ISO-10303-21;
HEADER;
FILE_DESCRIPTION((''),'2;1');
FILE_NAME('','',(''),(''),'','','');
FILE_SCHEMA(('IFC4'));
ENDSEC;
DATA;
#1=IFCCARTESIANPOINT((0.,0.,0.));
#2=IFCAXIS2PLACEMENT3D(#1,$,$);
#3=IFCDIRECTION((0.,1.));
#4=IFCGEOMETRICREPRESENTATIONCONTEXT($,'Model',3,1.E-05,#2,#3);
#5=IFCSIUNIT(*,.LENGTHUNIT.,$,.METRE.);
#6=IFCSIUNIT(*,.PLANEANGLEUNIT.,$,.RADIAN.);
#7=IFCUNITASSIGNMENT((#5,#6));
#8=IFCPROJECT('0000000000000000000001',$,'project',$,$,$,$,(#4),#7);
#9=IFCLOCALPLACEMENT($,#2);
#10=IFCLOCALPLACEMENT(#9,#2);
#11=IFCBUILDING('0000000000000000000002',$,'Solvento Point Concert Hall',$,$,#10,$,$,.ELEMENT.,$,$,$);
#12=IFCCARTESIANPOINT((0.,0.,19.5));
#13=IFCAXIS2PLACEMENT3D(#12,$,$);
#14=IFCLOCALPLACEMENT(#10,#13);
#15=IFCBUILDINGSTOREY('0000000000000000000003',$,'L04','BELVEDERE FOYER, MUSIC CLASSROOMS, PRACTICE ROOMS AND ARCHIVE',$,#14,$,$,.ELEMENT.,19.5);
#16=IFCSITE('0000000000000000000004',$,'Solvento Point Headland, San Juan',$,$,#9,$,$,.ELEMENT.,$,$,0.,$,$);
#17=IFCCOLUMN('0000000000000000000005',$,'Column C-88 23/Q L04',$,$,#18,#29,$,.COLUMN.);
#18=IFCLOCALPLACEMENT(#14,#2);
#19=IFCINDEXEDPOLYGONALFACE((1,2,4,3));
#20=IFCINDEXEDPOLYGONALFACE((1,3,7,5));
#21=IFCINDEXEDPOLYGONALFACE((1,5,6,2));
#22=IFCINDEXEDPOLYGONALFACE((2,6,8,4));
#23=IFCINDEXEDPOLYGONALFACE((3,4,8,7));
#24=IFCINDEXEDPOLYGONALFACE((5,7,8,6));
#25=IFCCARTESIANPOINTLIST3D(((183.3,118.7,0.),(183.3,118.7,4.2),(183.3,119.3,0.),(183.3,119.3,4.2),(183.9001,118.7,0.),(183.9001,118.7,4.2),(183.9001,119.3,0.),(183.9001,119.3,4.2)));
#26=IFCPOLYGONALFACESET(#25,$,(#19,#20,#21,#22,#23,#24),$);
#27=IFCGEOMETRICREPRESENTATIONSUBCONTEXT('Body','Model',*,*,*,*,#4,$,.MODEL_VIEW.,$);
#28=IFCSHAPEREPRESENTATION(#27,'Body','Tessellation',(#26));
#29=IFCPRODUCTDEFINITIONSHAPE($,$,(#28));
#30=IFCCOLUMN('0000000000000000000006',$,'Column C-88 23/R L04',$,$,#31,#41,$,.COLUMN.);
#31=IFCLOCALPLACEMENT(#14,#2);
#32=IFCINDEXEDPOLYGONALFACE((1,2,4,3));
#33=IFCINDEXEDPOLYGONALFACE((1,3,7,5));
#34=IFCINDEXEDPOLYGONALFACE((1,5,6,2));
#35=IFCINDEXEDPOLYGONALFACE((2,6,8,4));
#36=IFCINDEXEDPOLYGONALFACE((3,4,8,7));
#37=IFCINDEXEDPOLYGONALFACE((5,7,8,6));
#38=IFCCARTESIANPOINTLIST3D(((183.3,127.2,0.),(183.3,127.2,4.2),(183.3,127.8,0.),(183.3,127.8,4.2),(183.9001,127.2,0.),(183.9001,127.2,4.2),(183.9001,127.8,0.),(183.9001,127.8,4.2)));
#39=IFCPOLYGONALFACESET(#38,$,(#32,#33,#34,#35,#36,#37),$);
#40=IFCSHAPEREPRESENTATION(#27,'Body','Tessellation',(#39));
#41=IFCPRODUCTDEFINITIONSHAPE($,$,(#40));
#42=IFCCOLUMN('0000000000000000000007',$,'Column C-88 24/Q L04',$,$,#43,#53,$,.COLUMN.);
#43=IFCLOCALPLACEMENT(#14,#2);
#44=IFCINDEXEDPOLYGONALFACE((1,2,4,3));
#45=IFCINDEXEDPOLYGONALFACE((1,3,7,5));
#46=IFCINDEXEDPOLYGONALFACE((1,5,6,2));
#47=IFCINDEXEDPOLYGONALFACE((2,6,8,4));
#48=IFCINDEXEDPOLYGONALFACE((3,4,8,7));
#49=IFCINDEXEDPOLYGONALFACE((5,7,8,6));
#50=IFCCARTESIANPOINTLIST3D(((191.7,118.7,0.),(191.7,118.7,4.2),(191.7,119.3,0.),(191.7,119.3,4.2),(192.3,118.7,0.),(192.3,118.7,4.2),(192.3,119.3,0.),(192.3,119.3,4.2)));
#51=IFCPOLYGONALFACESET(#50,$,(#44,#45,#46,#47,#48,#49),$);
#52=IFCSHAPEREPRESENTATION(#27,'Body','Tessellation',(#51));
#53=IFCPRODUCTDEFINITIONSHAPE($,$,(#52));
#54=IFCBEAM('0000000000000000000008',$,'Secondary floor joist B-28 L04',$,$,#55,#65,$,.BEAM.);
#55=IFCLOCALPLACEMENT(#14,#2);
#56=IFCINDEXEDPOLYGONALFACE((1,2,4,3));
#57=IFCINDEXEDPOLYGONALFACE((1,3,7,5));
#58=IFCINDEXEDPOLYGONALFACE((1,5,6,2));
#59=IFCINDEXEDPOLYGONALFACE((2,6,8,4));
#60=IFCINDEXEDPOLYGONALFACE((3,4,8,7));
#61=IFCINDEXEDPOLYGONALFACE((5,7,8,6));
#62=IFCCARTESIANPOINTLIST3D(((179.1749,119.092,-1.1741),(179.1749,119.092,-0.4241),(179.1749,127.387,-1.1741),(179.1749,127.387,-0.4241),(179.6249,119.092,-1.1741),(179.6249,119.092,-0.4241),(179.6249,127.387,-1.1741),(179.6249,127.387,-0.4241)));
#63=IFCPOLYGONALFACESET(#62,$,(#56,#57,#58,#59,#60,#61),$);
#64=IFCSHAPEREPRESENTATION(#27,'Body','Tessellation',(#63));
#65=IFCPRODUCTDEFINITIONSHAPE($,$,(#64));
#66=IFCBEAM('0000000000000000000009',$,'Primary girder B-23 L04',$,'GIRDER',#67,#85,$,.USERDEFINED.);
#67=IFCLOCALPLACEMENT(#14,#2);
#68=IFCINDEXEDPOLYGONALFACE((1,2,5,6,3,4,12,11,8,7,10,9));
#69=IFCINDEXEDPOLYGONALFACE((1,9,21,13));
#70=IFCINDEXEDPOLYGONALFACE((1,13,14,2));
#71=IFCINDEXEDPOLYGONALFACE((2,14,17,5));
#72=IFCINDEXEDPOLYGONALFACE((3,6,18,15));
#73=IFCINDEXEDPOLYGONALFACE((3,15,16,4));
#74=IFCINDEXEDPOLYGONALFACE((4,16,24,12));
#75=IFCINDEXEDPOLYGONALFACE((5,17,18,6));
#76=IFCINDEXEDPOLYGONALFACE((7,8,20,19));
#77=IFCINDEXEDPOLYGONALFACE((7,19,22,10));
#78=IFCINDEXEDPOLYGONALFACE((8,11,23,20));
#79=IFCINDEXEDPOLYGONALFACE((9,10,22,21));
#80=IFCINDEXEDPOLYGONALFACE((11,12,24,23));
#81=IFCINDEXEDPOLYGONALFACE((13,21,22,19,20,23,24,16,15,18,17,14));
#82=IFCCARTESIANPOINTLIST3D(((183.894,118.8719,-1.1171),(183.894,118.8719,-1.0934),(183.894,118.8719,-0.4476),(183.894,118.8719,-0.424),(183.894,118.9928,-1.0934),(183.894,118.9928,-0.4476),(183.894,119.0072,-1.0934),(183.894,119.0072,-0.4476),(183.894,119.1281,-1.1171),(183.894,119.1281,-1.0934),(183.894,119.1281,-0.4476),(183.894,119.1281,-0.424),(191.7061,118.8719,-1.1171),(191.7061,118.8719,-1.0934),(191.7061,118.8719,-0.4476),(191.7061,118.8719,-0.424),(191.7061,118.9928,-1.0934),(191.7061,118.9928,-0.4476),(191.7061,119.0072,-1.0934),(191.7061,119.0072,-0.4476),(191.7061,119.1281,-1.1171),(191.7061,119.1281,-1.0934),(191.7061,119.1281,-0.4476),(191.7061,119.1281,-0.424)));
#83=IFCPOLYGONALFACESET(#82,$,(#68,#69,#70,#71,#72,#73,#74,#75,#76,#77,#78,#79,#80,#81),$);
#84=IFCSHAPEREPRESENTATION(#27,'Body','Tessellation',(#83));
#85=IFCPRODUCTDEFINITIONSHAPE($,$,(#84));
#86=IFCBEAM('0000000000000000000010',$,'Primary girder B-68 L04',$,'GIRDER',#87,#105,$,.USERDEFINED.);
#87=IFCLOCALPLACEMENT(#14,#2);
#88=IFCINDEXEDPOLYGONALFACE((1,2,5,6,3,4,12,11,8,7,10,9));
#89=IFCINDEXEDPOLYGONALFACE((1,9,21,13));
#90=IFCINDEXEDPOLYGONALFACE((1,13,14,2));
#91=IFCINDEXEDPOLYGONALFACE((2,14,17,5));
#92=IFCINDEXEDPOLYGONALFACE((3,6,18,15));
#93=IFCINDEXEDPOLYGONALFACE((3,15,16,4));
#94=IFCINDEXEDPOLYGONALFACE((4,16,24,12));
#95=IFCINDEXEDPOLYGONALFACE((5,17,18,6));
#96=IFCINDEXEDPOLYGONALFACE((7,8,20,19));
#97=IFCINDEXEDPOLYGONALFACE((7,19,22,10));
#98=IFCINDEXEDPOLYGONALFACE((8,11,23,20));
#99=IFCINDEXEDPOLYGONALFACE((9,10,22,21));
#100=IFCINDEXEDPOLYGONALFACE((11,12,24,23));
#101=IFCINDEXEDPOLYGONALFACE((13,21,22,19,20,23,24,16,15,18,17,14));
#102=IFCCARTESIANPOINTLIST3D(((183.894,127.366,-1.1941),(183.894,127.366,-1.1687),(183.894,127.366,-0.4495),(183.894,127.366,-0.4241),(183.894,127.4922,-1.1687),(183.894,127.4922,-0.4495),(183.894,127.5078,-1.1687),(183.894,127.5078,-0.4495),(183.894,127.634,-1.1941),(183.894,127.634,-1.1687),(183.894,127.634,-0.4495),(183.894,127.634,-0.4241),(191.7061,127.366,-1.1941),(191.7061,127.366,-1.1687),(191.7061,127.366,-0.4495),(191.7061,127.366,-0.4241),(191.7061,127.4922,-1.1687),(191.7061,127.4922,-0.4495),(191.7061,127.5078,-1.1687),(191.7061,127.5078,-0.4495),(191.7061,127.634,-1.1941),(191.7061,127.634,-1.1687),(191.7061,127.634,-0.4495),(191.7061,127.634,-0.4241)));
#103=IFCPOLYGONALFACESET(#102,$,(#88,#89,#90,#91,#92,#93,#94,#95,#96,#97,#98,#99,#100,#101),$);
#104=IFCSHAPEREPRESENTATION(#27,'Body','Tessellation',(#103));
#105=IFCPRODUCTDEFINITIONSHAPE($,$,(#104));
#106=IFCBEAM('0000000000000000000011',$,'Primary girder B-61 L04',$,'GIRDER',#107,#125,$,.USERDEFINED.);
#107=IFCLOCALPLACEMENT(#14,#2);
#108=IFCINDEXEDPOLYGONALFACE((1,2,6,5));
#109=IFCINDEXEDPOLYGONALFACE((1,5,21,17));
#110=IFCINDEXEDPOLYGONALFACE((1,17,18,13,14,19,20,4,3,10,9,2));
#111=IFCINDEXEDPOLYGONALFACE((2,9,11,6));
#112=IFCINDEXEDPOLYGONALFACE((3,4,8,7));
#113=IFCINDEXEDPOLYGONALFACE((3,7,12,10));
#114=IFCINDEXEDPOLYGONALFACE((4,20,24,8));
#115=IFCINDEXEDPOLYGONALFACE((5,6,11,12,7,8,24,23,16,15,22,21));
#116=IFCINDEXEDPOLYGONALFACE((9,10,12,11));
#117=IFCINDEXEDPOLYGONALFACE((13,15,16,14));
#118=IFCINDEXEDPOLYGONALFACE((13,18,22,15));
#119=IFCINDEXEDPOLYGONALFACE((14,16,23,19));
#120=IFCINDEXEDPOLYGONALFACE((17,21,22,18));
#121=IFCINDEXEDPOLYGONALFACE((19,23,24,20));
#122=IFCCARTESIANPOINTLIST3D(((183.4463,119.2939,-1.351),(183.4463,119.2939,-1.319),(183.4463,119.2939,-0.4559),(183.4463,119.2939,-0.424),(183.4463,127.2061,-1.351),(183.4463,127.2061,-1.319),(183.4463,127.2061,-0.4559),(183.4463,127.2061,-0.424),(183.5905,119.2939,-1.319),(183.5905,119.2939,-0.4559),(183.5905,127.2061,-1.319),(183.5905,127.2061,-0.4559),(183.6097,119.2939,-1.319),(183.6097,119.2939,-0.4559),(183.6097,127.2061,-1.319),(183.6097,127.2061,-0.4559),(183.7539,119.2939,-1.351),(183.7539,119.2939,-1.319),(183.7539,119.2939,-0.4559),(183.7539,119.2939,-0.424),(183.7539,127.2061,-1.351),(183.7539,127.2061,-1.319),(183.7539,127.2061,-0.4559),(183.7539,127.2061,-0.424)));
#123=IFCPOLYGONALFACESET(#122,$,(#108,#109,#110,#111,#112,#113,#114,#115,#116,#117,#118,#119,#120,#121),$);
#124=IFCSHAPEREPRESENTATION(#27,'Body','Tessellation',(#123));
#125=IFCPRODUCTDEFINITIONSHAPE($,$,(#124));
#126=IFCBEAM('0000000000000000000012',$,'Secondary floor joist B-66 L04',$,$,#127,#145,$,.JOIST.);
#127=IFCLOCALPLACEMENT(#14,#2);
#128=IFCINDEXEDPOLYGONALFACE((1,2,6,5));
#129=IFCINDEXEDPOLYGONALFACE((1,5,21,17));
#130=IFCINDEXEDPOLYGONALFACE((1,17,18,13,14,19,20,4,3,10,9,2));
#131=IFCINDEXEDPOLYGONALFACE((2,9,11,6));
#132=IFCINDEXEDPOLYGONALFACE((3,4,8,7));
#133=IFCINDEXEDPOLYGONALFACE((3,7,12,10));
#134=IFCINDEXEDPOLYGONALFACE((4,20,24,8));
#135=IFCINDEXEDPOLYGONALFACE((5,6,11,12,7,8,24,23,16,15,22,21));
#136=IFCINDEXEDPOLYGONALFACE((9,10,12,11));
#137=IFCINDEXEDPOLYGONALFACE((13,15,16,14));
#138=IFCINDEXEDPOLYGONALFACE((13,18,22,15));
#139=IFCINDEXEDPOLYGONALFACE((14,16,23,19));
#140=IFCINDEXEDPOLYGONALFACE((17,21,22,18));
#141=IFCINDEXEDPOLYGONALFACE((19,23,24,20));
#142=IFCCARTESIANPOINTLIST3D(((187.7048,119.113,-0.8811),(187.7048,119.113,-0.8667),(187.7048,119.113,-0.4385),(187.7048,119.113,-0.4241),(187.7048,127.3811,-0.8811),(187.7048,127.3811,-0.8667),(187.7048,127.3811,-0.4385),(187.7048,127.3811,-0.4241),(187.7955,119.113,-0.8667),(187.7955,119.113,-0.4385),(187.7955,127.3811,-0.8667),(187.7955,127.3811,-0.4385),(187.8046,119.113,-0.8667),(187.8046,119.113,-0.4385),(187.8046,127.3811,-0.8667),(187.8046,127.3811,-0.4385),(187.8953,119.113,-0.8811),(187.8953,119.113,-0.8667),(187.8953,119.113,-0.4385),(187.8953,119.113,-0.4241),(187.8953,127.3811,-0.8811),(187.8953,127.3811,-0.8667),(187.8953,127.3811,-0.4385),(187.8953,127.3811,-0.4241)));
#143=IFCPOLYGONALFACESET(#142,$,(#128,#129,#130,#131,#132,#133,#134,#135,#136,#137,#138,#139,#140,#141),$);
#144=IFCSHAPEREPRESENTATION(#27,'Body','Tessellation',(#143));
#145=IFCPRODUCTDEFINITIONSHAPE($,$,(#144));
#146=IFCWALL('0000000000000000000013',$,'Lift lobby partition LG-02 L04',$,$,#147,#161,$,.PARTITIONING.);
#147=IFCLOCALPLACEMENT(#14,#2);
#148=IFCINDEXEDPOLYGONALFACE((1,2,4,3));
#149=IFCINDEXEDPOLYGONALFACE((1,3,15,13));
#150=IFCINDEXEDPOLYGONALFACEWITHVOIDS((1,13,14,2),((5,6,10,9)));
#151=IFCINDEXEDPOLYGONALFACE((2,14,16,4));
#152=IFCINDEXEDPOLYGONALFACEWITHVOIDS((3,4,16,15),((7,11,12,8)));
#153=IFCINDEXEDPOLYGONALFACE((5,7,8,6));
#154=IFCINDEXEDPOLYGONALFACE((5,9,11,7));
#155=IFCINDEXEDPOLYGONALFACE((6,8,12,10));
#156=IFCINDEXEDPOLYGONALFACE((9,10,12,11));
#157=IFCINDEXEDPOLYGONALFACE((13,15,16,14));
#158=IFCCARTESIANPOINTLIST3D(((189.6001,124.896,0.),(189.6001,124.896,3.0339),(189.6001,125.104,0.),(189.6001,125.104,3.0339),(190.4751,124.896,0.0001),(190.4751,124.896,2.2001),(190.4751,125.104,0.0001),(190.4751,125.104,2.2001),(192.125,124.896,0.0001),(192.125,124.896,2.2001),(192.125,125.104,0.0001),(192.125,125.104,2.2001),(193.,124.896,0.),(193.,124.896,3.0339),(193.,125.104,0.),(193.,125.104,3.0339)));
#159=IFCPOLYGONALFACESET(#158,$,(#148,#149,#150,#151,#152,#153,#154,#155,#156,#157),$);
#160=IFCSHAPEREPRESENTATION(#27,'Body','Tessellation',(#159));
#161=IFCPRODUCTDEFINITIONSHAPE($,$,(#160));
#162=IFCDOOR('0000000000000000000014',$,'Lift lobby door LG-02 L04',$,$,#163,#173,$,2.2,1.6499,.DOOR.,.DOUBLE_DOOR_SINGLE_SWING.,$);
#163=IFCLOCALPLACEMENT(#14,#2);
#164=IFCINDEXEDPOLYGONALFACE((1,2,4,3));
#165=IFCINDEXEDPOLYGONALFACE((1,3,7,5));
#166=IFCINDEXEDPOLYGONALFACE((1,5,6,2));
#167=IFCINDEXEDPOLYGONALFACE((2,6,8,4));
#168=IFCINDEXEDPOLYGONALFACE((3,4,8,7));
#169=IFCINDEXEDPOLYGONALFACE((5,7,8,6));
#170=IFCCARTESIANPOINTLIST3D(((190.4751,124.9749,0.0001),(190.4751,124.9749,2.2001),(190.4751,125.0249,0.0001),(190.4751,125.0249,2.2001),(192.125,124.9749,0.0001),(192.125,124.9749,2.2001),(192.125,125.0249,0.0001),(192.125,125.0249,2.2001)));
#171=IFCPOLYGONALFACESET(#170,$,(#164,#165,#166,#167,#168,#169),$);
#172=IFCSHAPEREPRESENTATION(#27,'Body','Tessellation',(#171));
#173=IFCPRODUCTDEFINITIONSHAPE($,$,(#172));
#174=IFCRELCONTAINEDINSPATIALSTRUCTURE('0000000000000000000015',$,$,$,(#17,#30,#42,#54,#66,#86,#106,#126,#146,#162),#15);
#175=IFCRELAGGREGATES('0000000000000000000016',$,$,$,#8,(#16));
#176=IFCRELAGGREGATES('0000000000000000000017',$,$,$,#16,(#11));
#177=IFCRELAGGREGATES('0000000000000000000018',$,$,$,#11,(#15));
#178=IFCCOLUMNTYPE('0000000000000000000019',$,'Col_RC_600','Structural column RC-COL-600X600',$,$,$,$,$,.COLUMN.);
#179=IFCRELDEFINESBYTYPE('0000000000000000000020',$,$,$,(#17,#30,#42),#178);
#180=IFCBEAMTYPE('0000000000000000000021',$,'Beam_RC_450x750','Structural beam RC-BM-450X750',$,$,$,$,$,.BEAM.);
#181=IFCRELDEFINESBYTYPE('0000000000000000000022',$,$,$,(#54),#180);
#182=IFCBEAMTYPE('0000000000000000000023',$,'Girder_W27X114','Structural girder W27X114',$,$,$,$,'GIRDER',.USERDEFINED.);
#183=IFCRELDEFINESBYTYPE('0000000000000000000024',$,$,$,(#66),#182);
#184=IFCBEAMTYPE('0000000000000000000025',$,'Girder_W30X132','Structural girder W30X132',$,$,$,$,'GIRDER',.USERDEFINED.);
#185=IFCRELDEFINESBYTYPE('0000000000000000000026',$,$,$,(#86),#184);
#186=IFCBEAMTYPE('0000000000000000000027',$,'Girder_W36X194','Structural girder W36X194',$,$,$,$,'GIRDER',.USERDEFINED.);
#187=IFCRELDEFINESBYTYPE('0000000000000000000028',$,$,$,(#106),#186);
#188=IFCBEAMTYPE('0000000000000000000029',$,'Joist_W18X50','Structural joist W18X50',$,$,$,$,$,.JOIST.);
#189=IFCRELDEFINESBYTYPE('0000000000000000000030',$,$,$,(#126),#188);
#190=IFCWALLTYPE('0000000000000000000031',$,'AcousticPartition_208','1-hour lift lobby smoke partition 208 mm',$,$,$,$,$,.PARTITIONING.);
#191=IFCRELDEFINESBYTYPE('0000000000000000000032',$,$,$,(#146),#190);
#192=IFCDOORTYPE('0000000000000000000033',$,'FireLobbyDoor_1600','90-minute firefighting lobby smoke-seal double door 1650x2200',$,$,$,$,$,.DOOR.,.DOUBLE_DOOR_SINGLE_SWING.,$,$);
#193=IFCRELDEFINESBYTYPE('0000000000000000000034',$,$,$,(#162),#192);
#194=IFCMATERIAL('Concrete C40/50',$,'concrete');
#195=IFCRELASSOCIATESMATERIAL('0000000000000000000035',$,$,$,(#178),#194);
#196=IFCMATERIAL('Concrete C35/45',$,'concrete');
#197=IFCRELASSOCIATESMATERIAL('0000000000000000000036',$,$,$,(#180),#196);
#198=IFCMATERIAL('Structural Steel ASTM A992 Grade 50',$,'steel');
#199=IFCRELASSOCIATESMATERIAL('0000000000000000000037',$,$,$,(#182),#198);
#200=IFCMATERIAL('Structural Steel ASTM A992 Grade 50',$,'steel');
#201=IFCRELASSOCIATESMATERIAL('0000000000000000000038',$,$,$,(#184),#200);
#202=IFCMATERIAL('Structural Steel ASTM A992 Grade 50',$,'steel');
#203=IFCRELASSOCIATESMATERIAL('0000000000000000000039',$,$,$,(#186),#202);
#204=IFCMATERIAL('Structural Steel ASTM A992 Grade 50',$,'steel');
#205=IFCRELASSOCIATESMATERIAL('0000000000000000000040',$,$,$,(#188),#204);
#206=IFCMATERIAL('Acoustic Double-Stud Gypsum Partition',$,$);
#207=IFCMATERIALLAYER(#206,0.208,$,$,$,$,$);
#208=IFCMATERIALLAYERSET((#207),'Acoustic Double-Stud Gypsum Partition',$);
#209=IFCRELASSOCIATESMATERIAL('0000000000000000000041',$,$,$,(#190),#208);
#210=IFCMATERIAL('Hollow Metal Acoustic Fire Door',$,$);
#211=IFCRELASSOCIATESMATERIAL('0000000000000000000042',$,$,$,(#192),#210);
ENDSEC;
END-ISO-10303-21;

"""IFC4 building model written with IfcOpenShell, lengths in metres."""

from ifc_helpers import new_model, si_unit, direction, frame, frame_2d, origin, origin_2d, place, context, subcontext, project, spatial, rectangle, i_section, extrude, material, layer, layer_set, material_profile, profile_set, type_object, element, fill, save


model = new_model("IFC4")

# Units and contexts
model_context = context("Model", 3, precision=1e-05, world=origin(), true_north=direction((0.0, 1.0)))
body_context = subcontext(model_context, "Body", "Model", "MODEL_VIEW")
ifc_project = project(units=[si_unit("LENGTHUNIT", "METRE"), si_unit("PLANEANGLEUNIT", "RADIAN")], contexts=[model_context])

# Site, building, storey
site_placement = place(None, origin())
site = spatial("IfcSite", under=ifc_project, at=site_placement, Name="Solvento Point Headland, San Juan", CompositionType="ELEMENT", RefElevation=0.0)
building_placement = place(site_placement, origin())
building = spatial("IfcBuilding", under=site, at=building_placement, Name="Solvento Point Concert Hall", CompositionType="ELEMENT")
storey_placement = place(building_placement, frame((0.0, 0.0, 19.5)))
storey = spatial("IfcBuildingStorey", under=building, at=storey_placement, Name="L04", Description="BELVEDERE FOYER, MUSIC CLASSROOMS, PRACTICE ROOMS AND ARCHIVE", CompositionType="ELEMENT", Elevation=19.5)

# Columns
ifc_material_1 = material(Name="Concrete C40/50", Category="concrete")
ifc_material_profile_1 = material_profile(ifc_material_1, rectangle(XDim=0.6001, YDim=0.6001, at=origin_2d()), Name="RC-COL-600X600")
ifc_profile_set_1 = profile_set([ifc_material_profile_1], Name="Concrete C40/50")
column_type = type_object("IfcColumnType", Name="Col_RC_600", Description="Structural column RC-COL-600X600", PredefinedType="COLUMN", material=ifc_profile_set_1)
for number, where, z_axis, x_axis, name in (
    (1, (183.6001, 119.0, 0.0), (0.0, 0.0, 1.0), (1.0, 0.0, 0.0), "Column C-88 23/Q L04"),
    (2, (183.6001, 127.5, 0.0), (0.0, 0.0, 1.0), (1.0, 0.0, 0.0), "Column C-88 23/R L04"),
    (3, (192.0, 119.0, 0.0), (0.0, 0.0, 1.0), (1.0, 0.0, 0.0), "Column C-88 24/Q L04"),
):
    element("IfcColumn", number, at=place(storey_placement, frame(where, z_axis=z_axis, x_axis=x_axis)), inside=storey, type_object=column_type, Name=name, PredefinedType="COLUMN", context=body_context, shape_type="SweptSolid", body=[
        extrude(rectangle(XDim=0.6001, YDim=0.6001, at=origin_2d()), origin(), (0.0, 0.0, 1.0), 4.2),
    ])

# Beams
ifc_material_2 = material(Name="Concrete C35/45", Category="concrete")
ifc_material_profile_2 = material_profile(ifc_material_2, rectangle(XDim=0.45, YDim=0.75, at=origin_2d()), Name="RC-BM-450X750")
ifc_profile_set_2 = profile_set([ifc_material_profile_2], Name="Concrete C35/45")
beam_type_1 = type_object("IfcBeamType", Name="Beam_RC_450x750", Description="Structural beam RC-BM-450X750", PredefinedType="BEAM", material=ifc_profile_set_2)
beam_1_placement = place(storey_placement, frame((179.3999, 119.092, -0.7991), z_axis=(0.0, 1.0, 0.0), x_axis=(-1.0, 0.0, 0.0)))
element("IfcBeam", 4, at=beam_1_placement, inside=storey, type_object=beam_type_1, Name="Secondary floor joist B-28 L04", PredefinedType="BEAM", context=body_context, shape_type="SweptSolid", body=[
    extrude(rectangle(XDim=0.45, YDim=0.75, at=origin_2d()), origin(), (0.0, 0.0, 1.0), 8.2949),
])
ifc_material_3 = material(Name="Structural Steel ASTM A992 Grade 50", Category="steel")
ifc_material_profile_3 = material_profile(ifc_material_3, i_section(OverallWidth=0.2561, OverallDepth=0.6931, WebThickness=0.0144, FlangeThickness=0.0237, at=origin_2d()), Name="W27X114")
ifc_profile_set_3 = profile_set([ifc_material_profile_3], Name="Structural Steel ASTM A992 Grade 50")
beam_type_2 = type_object("IfcBeamType", Name="Girder_W27X114", Description="Structural girder W27X114", ElementType="GIRDER", PredefinedType="USERDEFINED", material=ifc_profile_set_3)
beam_2_placement = place(storey_placement, frame((183.894, 119.0, -0.7705), z_axis=(1.0, 0.0, 0.0), x_axis=(0.0, 1.0, 0.0)))
element("IfcBeam", 5, at=beam_2_placement, inside=storey, type_object=beam_type_2, Name="Primary girder B-23 L04", ObjectType="GIRDER", PredefinedType="USERDEFINED", context=body_context, shape_type="SweptSolid", body=[
    extrude(i_section(OverallWidth=0.2561, OverallDepth=0.6931, WebThickness=0.0144, FlangeThickness=0.0237, at=origin_2d()), origin(), (0.0, 0.0, 1.0), 7.812),
])
ifc_material_4 = material(Name="Structural Steel ASTM A992 Grade 50", Category="steel")
ifc_material_profile_4 = material_profile(ifc_material_4, i_section(OverallWidth=0.2681, OverallDepth=0.77, WebThickness=0.0156, FlangeThickness=0.0254, at=origin_2d()), Name="W30X132")
ifc_profile_set_4 = profile_set([ifc_material_profile_4], Name="Structural Steel ASTM A992 Grade 50")
beam_type_3 = type_object("IfcBeamType", Name="Girder_W30X132", Description="Structural girder W30X132", ElementType="GIRDER", PredefinedType="USERDEFINED", material=ifc_profile_set_4)
beam_3_placement = place(storey_placement, frame((183.894, 127.5, -0.8091), z_axis=(1.0, 0.0, 0.0), x_axis=(0.0, 1.0, 0.0)))
element("IfcBeam", 6, at=beam_3_placement, inside=storey, type_object=beam_type_3, Name="Primary girder B-68 L04", ObjectType="GIRDER", PredefinedType="USERDEFINED", context=body_context, shape_type="SweptSolid", body=[
    extrude(i_section(OverallWidth=0.2681, OverallDepth=0.77, WebThickness=0.0156, FlangeThickness=0.0254, at=origin_2d()), origin(), (0.0, 0.0, 1.0), 7.812),
])
ifc_material_5 = material(Name="Structural Steel ASTM A992 Grade 50", Category="steel")
ifc_material_profile_5 = material_profile(ifc_material_5, i_section(OverallWidth=0.3076, OverallDepth=0.927, WebThickness=0.0193, FlangeThickness=0.032, at=origin_2d()), Name="W36X194")
ifc_profile_set_5 = profile_set([ifc_material_profile_5], Name="Structural Steel ASTM A992 Grade 50")
beam_type_4 = type_object("IfcBeamType", Name="Girder_W36X194", Description="Structural girder W36X194", ElementType="GIRDER", PredefinedType="USERDEFINED", material=ifc_profile_set_5)
beam_4_placement = place(storey_placement, frame((183.6001, 119.2939, -0.8875), z_axis=(0.0, 1.0, 0.0), x_axis=(-1.0, 0.0, 0.0)))
element("IfcBeam", 7, at=beam_4_placement, inside=storey, type_object=beam_type_4, Name="Primary girder B-61 L04", ObjectType="GIRDER", PredefinedType="USERDEFINED", context=body_context, shape_type="SweptSolid", body=[
    extrude(i_section(OverallWidth=0.3076, OverallDepth=0.927, WebThickness=0.0193, FlangeThickness=0.032, at=origin_2d()), origin(), (0.0, 0.0, 1.0), 7.9121),
])
ifc_material_6 = material(Name="Structural Steel ASTM A992 Grade 50", Category="steel")
ifc_material_profile_6 = material_profile(ifc_material_6, i_section(OverallWidth=0.1904, OverallDepth=0.457, WebThickness=0.009, FlangeThickness=0.0144, at=origin_2d()), Name="W18X50")
ifc_profile_set_6 = profile_set([ifc_material_profile_6], Name="Structural Steel ASTM A992 Grade 50")
beam_type_5 = type_object("IfcBeamType", Name="Joist_W18X50", Description="Structural joist W18X50", PredefinedType="JOIST", material=ifc_profile_set_6)
beam_5_placement = place(storey_placement, frame((187.8, 119.113, -0.6526), z_axis=(0.0, 1.0, 0.0), x_axis=(-1.0, 0.0, 0.0)))
element("IfcBeam", 8, at=beam_5_placement, inside=storey, type_object=beam_type_5, Name="Secondary floor joist B-66 L04", PredefinedType="JOIST", context=body_context, shape_type="SweptSolid", body=[
    extrude(i_section(OverallWidth=0.1904, OverallDepth=0.457, WebThickness=0.009, FlangeThickness=0.0144, at=origin_2d()), origin(), (0.0, 0.0, 1.0), 8.2681),
])

# Wall, opening, door
ifc_material_7 = material(Name="Acoustic Double-Stud Gypsum Partition")
ifc_layer_1 = layer(ifc_material_7, 0.208)
ifc_layer_set_1 = layer_set([ifc_layer_1], Name="Acoustic Double-Stud Gypsum Partition")
wall_type_1 = type_object("IfcWallType", Name="AcousticPartition_208", Description="1-hour lift lobby smoke partition 208 mm", PredefinedType="PARTITIONING", material=ifc_layer_set_1)
wall_1_placement = place(storey_placement, frame((189.6001, 125.0, 0.0), z_axis=(0.0, 0.0, 1.0), x_axis=(1.0, 0.0, 0.0)))
wall_1 = element("IfcWall", 9, at=wall_1_placement, inside=storey, type_object=wall_type_1, Name="Lift lobby partition LG-02 L04", PredefinedType="PARTITIONING", context=body_context, shape_type="SweptSolid", body=[
    extrude(rectangle(XDim=3.3999, YDim=0.208, at=frame_2d((1.7, 0.0))), origin(), (0.0, 0.0, 1.0), 3.0339),
])
opening_1_placement = place(wall_1_placement, frame((0.875, 0.0, 0.0)))
opening_1 = element("IfcOpeningElement", 10, at=opening_1_placement, cuts=wall_1, PredefinedType="OPENING", context=body_context, shape_type="SweptSolid", body=[
    extrude(rectangle(XDim=1.6499, YDim=2.2, at=frame_2d((0.825, 1.1001))), frame((0.0, 0.114, 0.0), z_axis=(0.0, -1.0, 0.0), x_axis=(1.0, 0.0, 0.0)), (0.0, 0.0, 1.0), 0.228),
])
ifc_material_8 = material(Name="Hollow Metal Acoustic Fire Door")
door_type_1 = type_object("IfcDoorType", Name="FireLobbyDoor_1600", Description="90-minute firefighting lobby smoke-seal double door 1650x2200", OperationType="DOUBLE_DOOR_SINGLE_SWING", PredefinedType="DOOR", material=ifc_material_8)
door_1_placement = place(opening_1_placement, origin())
door_1 = element("IfcDoor", 11, at=door_1_placement, inside=storey, type_object=door_type_1, Name="Lift lobby door LG-02 L04", OperationType="DOUBLE_DOOR_SINGLE_SWING", OverallHeight=2.2, OverallWidth=1.6499, PredefinedType="DOOR", context=body_context, shape_type="SweptSolid", body=[
    extrude(rectangle(XDim=1.6499, YDim=2.2, at=frame_2d((0.825, 1.1001))), frame((0.0, 0.0249, 0.0), z_axis=(0.0, -1.0, 0.0), x_axis=(1.0, 0.0, 0.0)), (0.0, 0.0, 1.0), 0.05),
])
fill(opening_1, door_1)

save(model, "model.ifc")
